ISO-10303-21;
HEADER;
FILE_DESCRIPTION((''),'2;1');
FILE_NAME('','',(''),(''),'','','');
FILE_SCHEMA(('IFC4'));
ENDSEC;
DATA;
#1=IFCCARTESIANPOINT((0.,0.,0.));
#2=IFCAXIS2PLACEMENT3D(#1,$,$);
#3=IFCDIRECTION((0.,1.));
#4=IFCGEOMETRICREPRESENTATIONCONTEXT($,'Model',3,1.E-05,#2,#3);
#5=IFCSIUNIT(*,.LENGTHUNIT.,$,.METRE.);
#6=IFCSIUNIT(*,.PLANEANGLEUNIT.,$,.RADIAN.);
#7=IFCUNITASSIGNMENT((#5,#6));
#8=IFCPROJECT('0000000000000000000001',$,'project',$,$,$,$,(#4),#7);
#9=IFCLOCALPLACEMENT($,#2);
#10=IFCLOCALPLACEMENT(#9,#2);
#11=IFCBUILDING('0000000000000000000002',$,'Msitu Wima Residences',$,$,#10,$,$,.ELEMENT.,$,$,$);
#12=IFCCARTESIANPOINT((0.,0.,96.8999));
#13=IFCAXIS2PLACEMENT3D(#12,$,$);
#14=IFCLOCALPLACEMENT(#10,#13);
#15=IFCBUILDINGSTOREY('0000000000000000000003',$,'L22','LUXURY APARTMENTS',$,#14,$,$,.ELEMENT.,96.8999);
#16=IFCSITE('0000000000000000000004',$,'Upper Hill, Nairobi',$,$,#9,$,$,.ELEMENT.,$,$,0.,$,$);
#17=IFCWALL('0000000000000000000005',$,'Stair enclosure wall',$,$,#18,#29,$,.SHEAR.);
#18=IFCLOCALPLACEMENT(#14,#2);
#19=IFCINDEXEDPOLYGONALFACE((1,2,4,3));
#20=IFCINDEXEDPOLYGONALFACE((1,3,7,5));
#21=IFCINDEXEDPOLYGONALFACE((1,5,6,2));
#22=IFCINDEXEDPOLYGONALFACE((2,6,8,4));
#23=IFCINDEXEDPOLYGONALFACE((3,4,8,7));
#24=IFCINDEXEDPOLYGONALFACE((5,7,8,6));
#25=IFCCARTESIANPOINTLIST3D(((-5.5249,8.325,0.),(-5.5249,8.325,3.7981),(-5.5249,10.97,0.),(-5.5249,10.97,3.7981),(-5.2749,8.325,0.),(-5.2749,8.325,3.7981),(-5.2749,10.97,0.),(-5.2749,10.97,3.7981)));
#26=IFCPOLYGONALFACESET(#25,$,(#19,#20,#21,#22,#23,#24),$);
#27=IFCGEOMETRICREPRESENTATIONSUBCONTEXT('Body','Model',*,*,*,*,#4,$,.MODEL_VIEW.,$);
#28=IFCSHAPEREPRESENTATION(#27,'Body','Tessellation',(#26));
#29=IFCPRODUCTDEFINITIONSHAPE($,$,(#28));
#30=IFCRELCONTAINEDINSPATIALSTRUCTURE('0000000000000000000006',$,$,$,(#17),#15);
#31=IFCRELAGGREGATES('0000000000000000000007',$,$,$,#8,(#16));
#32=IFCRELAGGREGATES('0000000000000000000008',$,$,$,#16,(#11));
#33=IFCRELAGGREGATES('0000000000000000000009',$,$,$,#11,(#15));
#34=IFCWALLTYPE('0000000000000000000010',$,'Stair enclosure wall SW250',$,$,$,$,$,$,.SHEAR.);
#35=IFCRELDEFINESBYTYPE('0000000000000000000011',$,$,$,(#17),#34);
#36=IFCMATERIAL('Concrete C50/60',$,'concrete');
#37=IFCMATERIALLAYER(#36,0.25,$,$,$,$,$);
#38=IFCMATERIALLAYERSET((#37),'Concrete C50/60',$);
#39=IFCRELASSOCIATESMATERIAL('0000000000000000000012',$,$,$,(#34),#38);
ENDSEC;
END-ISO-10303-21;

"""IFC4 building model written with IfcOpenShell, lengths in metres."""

from ifc_helpers import new_model, si_unit, direction, frame, frame_2d, origin, place, context, subcontext, project, spatial, rectangle, extrude, material, layer, layer_set, type_object, element, save


model = new_model("IFC4")

# Units and contexts
model_context = context("Model", 3, precision=1e-05, world=origin(), true_north=direction((0.0, 1.0)))
body_context = subcontext(model_context, "Body", "Model", "MODEL_VIEW")
ifc_project = project(units=[si_unit("LENGTHUNIT", "METRE"), si_unit("PLANEANGLEUNIT", "RADIAN")], contexts=[model_context])

# Site, building, storey
site_placement = place(None, origin())
site = spatial("IfcSite", under=ifc_project, at=site_placement, Name="Upper Hill, Nairobi", CompositionType="ELEMENT", RefElevation=0.0)
building_placement = place(site_placement, origin())
building = spatial("IfcBuilding", under=site, at=building_placement, Name="Msitu Wima Residences", CompositionType="ELEMENT")
storey_placement = place(building_placement, frame((0.0, 0.0, 96.8999)))
storey = spatial("IfcBuildingStorey", under=building, at=storey_placement, Name="L22", Description="LUXURY APARTMENTS", CompositionType="ELEMENT", Elevation=96.8999)

# Wall
ifc_material_1 = material(Name="Concrete C50/60", Category="concrete")
ifc_layer_1 = layer(ifc_material_1, 0.25)
ifc_layer_set_1 = layer_set([ifc_layer_1], Name="Concrete C50/60")
wall_type_1 = type_object("IfcWallType", Name="Stair enclosure wall SW250", PredefinedType="SHEAR", material=ifc_layer_set_1)
wall_1_placement = place(storey_placement, frame((-5.3999, 8.325, 0.0), z_axis=(0.0, 0.0, 1.0), x_axis=(0.0, 1.0, 0.0)))
element("IfcWall", 1, at=wall_1_placement, inside=storey, type_object=wall_type_1, Name="Stair enclosure wall", PredefinedType="SHEAR", context=body_context, shape_type="SweptSolid", body=[
    extrude(rectangle(XDim=2.645, YDim=0.25, at=frame_2d((1.3225, 0.0))), origin(), (0.0, 0.0, 1.0), 3.7981),
])

save(model, "model.ifc")
